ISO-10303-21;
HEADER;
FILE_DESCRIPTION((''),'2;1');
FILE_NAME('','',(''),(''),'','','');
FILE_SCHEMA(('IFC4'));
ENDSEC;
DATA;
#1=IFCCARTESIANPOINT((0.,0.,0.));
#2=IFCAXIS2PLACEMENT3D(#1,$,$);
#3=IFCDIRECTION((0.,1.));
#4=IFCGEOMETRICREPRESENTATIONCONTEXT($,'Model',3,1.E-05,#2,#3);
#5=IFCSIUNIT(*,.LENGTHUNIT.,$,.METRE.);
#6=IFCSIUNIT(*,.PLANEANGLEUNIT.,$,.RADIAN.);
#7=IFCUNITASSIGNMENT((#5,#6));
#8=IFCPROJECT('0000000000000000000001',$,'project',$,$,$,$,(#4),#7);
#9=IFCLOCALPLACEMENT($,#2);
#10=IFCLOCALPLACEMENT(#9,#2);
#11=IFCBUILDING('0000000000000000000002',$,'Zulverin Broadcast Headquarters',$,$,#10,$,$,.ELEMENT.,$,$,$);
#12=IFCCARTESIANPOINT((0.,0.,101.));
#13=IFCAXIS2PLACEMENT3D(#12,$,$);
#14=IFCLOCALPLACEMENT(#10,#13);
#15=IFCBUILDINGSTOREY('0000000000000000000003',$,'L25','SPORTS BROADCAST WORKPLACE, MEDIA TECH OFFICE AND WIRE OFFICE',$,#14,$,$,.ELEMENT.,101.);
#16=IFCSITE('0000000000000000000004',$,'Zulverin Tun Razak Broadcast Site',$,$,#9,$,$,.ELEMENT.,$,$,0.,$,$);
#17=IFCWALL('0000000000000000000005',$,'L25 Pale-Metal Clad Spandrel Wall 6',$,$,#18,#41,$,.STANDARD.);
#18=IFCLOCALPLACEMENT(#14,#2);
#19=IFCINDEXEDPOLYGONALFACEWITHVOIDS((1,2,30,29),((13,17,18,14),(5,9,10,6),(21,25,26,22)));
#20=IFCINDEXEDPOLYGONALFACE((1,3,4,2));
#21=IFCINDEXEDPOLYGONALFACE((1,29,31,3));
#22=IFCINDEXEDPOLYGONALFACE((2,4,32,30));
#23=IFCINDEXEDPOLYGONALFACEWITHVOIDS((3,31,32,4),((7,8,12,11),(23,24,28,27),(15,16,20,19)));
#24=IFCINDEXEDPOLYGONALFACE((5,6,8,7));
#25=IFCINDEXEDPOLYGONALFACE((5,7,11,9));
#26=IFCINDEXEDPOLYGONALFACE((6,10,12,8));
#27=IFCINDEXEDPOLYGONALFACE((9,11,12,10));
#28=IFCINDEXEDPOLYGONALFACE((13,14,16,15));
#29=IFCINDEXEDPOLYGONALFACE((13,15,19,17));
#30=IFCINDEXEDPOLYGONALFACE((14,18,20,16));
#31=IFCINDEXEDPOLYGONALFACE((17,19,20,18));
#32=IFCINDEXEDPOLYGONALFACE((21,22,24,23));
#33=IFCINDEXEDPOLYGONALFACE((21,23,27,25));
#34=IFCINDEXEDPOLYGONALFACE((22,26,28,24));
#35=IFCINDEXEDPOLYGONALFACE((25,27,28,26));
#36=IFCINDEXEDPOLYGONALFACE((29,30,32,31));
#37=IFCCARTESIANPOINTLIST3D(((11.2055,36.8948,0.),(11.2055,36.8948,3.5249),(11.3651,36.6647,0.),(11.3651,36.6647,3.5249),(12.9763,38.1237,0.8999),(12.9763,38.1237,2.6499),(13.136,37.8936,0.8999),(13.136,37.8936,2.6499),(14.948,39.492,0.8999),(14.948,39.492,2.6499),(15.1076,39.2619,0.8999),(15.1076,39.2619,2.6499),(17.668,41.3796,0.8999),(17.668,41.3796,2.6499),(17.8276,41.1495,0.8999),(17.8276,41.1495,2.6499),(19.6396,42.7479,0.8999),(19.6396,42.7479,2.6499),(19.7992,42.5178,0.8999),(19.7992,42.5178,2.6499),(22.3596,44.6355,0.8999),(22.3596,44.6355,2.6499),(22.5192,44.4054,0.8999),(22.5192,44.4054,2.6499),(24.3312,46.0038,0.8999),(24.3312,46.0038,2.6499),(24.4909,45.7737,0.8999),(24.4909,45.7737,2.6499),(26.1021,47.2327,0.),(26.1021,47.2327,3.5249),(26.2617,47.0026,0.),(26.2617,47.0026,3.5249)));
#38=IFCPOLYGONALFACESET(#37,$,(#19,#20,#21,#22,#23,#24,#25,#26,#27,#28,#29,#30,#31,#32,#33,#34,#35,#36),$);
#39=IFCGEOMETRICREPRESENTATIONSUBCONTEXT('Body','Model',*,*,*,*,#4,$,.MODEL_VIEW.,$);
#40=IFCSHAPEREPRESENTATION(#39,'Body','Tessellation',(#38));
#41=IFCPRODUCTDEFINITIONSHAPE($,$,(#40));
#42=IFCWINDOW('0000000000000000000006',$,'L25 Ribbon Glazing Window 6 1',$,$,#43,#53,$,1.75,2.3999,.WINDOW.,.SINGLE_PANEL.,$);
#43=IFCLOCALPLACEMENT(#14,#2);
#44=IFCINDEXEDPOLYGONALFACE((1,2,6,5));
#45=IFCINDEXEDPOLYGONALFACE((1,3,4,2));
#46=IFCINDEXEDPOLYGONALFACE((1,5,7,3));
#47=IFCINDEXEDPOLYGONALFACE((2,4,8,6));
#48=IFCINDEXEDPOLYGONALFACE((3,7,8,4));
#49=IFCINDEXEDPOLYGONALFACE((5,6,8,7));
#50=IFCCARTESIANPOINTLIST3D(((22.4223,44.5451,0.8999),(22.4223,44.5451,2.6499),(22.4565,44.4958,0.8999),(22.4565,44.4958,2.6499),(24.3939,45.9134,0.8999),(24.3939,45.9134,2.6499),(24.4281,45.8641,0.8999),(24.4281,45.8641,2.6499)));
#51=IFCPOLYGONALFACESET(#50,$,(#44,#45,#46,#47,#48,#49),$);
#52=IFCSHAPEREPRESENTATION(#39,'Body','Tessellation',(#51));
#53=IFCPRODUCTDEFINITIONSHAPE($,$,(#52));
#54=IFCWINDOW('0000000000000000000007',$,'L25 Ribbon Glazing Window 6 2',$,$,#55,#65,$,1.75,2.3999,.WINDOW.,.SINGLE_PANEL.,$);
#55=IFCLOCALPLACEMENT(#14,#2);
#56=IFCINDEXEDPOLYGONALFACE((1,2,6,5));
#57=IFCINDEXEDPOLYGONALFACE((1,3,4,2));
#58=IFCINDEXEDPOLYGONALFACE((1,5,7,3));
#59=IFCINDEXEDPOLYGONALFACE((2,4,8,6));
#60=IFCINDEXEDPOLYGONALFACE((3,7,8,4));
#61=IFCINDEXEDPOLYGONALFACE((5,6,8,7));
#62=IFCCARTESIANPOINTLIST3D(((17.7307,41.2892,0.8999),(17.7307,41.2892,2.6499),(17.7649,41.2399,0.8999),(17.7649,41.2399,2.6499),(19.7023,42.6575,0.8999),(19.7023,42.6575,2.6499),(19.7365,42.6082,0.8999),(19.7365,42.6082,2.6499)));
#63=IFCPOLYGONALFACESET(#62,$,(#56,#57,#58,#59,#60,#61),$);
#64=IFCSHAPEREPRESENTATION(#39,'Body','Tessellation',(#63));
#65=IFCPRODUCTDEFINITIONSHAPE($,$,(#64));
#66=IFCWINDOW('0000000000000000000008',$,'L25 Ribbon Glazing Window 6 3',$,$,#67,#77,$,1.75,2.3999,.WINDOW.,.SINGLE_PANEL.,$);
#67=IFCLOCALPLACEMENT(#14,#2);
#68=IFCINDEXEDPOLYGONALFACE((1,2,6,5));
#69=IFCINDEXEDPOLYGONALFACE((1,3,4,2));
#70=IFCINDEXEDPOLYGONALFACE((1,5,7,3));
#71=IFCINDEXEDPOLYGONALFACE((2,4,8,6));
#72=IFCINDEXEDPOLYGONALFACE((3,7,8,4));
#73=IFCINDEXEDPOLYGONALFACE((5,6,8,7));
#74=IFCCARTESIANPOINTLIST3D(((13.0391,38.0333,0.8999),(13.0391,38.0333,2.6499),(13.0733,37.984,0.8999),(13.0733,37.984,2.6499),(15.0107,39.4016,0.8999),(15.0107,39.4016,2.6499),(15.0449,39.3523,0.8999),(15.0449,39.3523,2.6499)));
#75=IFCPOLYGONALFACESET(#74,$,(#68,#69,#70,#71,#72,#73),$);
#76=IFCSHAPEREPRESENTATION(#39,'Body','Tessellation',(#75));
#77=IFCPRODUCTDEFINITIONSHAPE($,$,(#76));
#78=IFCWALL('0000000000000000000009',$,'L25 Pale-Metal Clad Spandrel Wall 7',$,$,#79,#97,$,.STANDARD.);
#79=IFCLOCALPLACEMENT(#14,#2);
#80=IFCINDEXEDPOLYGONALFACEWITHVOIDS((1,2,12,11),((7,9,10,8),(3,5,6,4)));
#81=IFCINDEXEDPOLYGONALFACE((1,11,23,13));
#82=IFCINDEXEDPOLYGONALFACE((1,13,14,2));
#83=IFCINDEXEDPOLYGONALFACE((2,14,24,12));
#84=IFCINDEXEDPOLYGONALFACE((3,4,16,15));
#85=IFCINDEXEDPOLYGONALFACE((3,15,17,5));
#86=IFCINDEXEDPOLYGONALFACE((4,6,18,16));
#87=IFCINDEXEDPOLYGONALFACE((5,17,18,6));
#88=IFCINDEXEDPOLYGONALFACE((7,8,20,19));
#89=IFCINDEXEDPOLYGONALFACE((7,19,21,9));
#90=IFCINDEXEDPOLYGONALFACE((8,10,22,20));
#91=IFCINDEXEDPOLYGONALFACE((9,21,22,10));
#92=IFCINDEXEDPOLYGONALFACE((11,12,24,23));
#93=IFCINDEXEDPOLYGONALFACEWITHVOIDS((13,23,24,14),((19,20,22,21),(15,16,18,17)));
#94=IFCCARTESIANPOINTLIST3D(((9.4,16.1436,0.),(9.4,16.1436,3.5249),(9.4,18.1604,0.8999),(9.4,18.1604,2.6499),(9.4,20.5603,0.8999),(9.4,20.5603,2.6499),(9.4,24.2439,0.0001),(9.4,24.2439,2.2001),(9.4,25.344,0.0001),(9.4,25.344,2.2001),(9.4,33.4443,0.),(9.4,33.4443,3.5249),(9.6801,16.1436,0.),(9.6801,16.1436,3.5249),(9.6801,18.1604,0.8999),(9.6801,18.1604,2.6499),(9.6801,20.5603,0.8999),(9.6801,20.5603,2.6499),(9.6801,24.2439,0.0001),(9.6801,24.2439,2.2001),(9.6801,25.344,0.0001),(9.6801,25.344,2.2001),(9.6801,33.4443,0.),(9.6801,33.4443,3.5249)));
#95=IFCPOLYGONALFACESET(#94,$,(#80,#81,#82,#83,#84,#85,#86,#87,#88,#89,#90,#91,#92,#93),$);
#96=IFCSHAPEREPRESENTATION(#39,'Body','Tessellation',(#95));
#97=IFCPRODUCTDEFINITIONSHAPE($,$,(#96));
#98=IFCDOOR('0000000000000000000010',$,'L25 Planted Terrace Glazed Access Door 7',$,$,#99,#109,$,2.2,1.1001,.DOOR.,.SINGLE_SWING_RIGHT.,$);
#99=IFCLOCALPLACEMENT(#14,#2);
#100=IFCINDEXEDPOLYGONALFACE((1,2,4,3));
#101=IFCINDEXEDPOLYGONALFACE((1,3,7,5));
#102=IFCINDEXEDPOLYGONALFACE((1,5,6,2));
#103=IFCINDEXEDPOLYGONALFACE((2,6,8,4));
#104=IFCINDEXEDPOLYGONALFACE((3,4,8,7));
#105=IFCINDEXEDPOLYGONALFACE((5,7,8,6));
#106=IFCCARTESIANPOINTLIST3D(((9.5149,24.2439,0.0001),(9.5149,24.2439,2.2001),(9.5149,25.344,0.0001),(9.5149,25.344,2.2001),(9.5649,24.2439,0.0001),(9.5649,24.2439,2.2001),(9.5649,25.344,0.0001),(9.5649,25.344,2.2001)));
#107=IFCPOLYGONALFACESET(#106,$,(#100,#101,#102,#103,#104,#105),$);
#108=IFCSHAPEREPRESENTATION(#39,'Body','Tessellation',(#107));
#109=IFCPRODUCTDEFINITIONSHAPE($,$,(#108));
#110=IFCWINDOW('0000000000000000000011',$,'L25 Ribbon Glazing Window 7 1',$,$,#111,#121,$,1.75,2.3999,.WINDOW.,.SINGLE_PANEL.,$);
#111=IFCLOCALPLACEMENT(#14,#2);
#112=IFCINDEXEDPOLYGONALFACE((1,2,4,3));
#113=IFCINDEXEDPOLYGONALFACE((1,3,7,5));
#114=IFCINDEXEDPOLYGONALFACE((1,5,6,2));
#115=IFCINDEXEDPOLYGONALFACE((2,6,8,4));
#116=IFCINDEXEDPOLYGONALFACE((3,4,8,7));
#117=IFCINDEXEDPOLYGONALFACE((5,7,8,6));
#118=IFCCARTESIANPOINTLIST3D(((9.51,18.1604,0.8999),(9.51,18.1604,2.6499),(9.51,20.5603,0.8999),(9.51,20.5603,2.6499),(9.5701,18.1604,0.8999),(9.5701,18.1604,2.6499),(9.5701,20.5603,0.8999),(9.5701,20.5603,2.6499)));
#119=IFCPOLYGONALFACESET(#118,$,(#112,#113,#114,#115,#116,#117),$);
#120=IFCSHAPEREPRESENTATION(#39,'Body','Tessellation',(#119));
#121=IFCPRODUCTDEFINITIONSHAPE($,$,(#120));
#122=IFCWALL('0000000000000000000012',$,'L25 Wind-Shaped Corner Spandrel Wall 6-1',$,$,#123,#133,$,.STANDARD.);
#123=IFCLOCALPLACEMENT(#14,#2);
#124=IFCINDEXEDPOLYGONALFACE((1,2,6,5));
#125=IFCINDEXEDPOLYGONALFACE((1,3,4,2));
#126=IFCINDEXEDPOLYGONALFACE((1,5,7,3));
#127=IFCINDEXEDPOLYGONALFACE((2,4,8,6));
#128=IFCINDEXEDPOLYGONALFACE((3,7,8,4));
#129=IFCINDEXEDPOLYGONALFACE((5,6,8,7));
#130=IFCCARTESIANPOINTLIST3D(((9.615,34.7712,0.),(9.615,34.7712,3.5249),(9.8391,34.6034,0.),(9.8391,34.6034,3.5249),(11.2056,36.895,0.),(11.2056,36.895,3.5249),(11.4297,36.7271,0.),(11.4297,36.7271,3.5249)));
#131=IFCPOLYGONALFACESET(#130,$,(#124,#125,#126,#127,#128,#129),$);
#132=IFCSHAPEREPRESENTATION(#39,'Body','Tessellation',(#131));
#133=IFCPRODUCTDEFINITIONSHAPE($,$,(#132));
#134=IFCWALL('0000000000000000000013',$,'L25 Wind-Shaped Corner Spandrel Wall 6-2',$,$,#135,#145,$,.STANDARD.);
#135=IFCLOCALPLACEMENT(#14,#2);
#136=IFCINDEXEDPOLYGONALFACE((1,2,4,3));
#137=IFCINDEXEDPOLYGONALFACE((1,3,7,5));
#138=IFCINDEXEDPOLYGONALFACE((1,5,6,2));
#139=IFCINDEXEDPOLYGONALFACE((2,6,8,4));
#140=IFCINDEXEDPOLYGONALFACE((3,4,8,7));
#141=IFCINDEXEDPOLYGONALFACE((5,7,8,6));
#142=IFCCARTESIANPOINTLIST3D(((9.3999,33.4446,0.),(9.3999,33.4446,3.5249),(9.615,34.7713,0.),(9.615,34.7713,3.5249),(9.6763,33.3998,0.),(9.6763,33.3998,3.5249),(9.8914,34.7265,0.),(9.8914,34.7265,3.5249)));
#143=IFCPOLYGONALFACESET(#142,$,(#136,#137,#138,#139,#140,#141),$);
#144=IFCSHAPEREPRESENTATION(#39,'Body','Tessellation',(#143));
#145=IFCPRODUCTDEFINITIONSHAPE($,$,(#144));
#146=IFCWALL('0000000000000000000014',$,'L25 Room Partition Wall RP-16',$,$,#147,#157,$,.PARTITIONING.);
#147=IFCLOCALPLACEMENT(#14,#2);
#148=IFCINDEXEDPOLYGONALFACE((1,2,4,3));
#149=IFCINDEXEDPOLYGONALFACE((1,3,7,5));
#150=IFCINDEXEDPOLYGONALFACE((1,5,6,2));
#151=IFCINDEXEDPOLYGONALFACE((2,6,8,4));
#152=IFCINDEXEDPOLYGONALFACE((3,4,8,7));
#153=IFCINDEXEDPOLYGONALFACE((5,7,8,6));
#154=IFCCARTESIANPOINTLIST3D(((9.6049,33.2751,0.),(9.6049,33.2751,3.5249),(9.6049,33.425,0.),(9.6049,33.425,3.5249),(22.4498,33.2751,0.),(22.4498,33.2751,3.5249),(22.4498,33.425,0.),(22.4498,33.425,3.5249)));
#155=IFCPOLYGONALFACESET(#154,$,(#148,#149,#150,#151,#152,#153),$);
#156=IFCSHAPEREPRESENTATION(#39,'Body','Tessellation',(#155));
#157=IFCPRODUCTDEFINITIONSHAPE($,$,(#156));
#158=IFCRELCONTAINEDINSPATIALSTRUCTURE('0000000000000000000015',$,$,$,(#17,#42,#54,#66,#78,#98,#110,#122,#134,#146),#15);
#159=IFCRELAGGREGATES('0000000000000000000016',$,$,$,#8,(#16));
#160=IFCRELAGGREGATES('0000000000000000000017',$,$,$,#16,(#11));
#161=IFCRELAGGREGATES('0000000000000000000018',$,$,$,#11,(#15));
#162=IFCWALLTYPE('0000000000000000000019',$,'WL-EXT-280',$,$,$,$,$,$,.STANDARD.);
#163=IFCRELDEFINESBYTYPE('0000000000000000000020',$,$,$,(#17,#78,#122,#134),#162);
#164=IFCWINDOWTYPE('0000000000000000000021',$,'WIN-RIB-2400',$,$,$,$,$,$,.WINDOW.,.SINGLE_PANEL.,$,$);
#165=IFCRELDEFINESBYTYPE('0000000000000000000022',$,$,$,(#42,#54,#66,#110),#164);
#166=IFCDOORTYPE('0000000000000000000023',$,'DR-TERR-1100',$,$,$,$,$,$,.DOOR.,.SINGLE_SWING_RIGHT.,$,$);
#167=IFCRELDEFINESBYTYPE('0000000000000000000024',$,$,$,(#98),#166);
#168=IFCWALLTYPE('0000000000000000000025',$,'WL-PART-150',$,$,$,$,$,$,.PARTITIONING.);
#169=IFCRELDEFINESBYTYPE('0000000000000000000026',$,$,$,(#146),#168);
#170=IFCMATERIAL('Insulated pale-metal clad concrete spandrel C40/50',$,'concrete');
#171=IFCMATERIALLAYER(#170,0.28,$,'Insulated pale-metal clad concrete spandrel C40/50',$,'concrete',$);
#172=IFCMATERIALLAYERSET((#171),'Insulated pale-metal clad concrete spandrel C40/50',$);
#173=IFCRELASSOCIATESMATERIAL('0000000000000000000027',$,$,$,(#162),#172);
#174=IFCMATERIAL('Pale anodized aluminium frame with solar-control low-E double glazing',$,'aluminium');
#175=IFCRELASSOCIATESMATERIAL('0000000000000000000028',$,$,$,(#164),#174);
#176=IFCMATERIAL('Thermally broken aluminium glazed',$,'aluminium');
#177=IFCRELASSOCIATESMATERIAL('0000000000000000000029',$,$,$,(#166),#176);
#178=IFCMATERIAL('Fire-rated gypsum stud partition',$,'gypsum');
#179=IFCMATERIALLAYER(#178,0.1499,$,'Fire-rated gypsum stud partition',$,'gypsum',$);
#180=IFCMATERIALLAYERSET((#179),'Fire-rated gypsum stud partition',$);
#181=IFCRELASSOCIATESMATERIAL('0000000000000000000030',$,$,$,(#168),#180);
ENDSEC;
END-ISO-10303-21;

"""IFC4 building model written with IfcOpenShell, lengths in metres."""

from ifc_helpers import new_model, si_unit, direction, frame, frame_2d, origin, place, context, subcontext, project, spatial, rectangle, extrude, material, layer, layer_set, type_object, element, fill, save


model = new_model("IFC4")

# Units and contexts
model_context = context("Model", 3, precision=1e-05, world=origin(), true_north=direction((0.0, 1.0)))
body_context = subcontext(model_context, "Body", "Model", "MODEL_VIEW")
ifc_project = project(units=[si_unit("LENGTHUNIT", "METRE"), si_unit("PLANEANGLEUNIT", "RADIAN")], contexts=[model_context])

# Site, building, storey
site_placement = place(None, origin())
site = spatial("IfcSite", under=ifc_project, at=site_placement, Name="Zulverin Tun Razak Broadcast Site", CompositionType="ELEMENT", RefElevation=0.0)
building_placement = place(site_placement, origin())
building = spatial("IfcBuilding", under=site, at=building_placement, Name="Zulverin Broadcast Headquarters", CompositionType="ELEMENT")
storey_placement = place(building_placement, frame((0.0, 0.0, 101.0)))
storey = spatial("IfcBuildingStorey", under=building, at=storey_placement, Name="L25", Description="SPORTS BROADCAST WORKPLACE, MEDIA TECH OFFICE AND WIRE OFFICE", CompositionType="ELEMENT", Elevation=101.0)

# Wall, openings, windows
ifc_material_1 = material(Name="Insulated pale-metal clad concrete spandrel C40/50", Category="concrete")
ifc_layer_1 = layer(ifc_material_1, 0.28, Name="Insulated pale-metal clad concrete spandrel C40/50", Category="concrete")
ifc_layer_set_1 = layer_set([ifc_layer_1], Name="Insulated pale-metal clad concrete spandrel C40/50")
wall_type_1 = type_object("IfcWallType", Name="WL-EXT-280", PredefinedType="STANDARD", material=ifc_layer_set_1)
wall_1_placement = place(storey_placement, frame((26.1819, 47.1177, 0.0), z_axis=(0.0, 0.0, 1.0), x_axis=(-0.821548, -0.570139, 0.0)))
wall_1 = element("IfcWall", 1, at=wall_1_placement, inside=storey, type_object=wall_type_1, Name="L25 Pale-Metal Clad Spandrel Wall 6", PredefinedType="STANDARD", context=body_context, shape_type="SweptSolid", body=[
    extrude(rectangle(XDim=18.1323, YDim=0.28, at=frame_2d((9.0662, 0.0))), origin(), (0.0, 0.0, 1.0), 3.5249),
])
opening_1_placement = place(wall_1_placement, frame((2.1555, 0.0, 0.8999)))
opening_1 = element("IfcOpeningElement", 2, at=opening_1_placement, cuts=wall_1, PredefinedType="OPENING", context=body_context, shape_type="SweptSolid", body=[
    extrude(rectangle(XDim=2.3999, YDim=1.75, at=frame_2d((1.2, 0.875))), frame((0.0, 0.1499, 0.0), z_axis=(0.0, -1.0, 0.0), x_axis=(1.0, 0.0, 0.0)), (0.0, 0.0, 1.0), 0.3),
])
opening_2_placement = place(wall_1_placement, frame((7.8662, 0.0, 0.8999)))
opening_2 = element("IfcOpeningElement", 3, at=opening_2_placement, cuts=wall_1, PredefinedType="OPENING", context=body_context, shape_type="SweptSolid", body=[
    extrude(rectangle(XDim=2.3999, YDim=1.75, at=frame_2d((1.2, 0.875))), frame((0.0, 0.1499, 0.0), z_axis=(0.0, -1.0, 0.0), x_axis=(1.0, 0.0, 0.0)), (0.0, 0.0, 1.0), 0.3),
])
opening_3_placement = place(wall_1_placement, frame((13.5769, 0.0, 0.8999)))
opening_3 = element("IfcOpeningElement", 4, at=opening_3_placement, cuts=wall_1, PredefinedType="OPENING", context=body_context, shape_type="SweptSolid", body=[
    extrude(rectangle(XDim=2.3999, YDim=1.75, at=frame_2d((1.2, 0.875))), frame((0.0, 0.1499, 0.0), z_axis=(0.0, -1.0, 0.0), x_axis=(1.0, 0.0, 0.0)), (0.0, 0.0, 1.0), 0.3),
])
ifc_material_2 = material(Name="Pale anodized aluminium frame with solar-control low-E double glazing", Category="aluminium")
window_type = type_object("IfcWindowType", Name="WIN-RIB-2400", PartitioningType="SINGLE_PANEL", PredefinedType="WINDOW", material=ifc_material_2)
window_1_placement = place(opening_1_placement, origin())
window_1 = element("IfcWindow", 5, at=window_1_placement, inside=storey, type_object=window_type, Name="L25 Ribbon Glazing Window 6 1", OverallHeight=1.75, OverallWidth=2.3999, PartitioningType="SINGLE_PANEL", PredefinedType="WINDOW", context=body_context, shape_type="SweptSolid", body=[
    extrude(rectangle(XDim=2.3999, YDim=1.75, at=frame_2d((1.2, 0.875))), frame((0.0, 0.03, 0.0), z_axis=(0.0, -1.0, 0.0), x_axis=(1.0, 0.0, 0.0)), (0.0, 0.0, 1.0), 0.0601),
])
fill(opening_1, window_1)
window_2_placement = place(opening_2_placement, origin())
window_2 = element("IfcWindow", 6, at=window_2_placement, inside=storey, type_object=window_type, Name="L25 Ribbon Glazing Window 6 2", OverallHeight=1.75, OverallWidth=2.3999, PartitioningType="SINGLE_PANEL", PredefinedType="WINDOW", context=body_context, shape_type="SweptSolid", body=[
    extrude(rectangle(XDim=2.3999, YDim=1.75, at=frame_2d((1.2, 0.875))), frame((0.0, 0.03, 0.0), z_axis=(0.0, -1.0, 0.0), x_axis=(1.0, 0.0, 0.0)), (0.0, 0.0, 1.0), 0.0601),
])
fill(opening_2, window_2)
window_3_placement = place(opening_3_placement, origin())
window_3 = element("IfcWindow", 7, at=window_3_placement, inside=storey, type_object=window_type, Name="L25 Ribbon Glazing Window 6 3", OverallHeight=1.75, OverallWidth=2.3999, PartitioningType="SINGLE_PANEL", PredefinedType="WINDOW", context=body_context, shape_type="SweptSolid", body=[
    extrude(rectangle(XDim=2.3999, YDim=1.75, at=frame_2d((1.2, 0.875))), frame((0.0, 0.03, 0.0), z_axis=(0.0, -1.0, 0.0), x_axis=(1.0, 0.0, 0.0)), (0.0, 0.0, 1.0), 0.0601),
])
fill(opening_3, window_3)

# Wall, openings, door, window
wall_2_placement = place(storey_placement, frame((9.54, 33.4443, 0.0), z_axis=(0.0, 0.0, 1.0), x_axis=(0.0, -1.0, 0.0)))
wall_2 = element("IfcWall", 8, at=wall_2_placement, inside=storey, type_object=wall_type_1, Name="L25 Pale-Metal Clad Spandrel Wall 7", PredefinedType="STANDARD", context=body_context, shape_type="SweptSolid", body=[
    extrude(rectangle(XDim=17.3008, YDim=0.28, at=frame_2d((8.6504, 0.0))), origin(), (0.0, 0.0, 1.0), 3.5249),
])
opening_4_placement = place(wall_2_placement, frame((8.1003, 0.0, 0.0)))
opening_4 = element("IfcOpeningElement", 9, at=opening_4_placement, cuts=wall_2, PredefinedType="OPENING", context=body_context, shape_type="SweptSolid", body=[
    extrude(rectangle(XDim=1.1001, YDim=2.2, at=frame_2d((0.55, 1.1001))), frame((0.0, 0.1499, 0.0), z_axis=(0.0, -1.0, 0.0), x_axis=(1.0, 0.0, 0.0)), (0.0, 0.0, 1.0), 0.3),
])
opening_5_placement = place(wall_2_placement, frame((12.884, 0.0, 0.8999)))
opening_5 = element("IfcOpeningElement", 10, at=opening_5_placement, cuts=wall_2, PredefinedType="OPENING", context=body_context, shape_type="SweptSolid", body=[
    extrude(rectangle(XDim=2.3999, YDim=1.75, at=frame_2d((1.2, 0.875))), frame((0.0, 0.1499, 0.0), z_axis=(0.0, -1.0, 0.0), x_axis=(1.0, 0.0, 0.0)), (0.0, 0.0, 1.0), 0.3),
])
ifc_material_3 = material(Name="Thermally broken aluminium glazed", Category="aluminium")
door_type_1 = type_object("IfcDoorType", Name="DR-TERR-1100", OperationType="SINGLE_SWING_RIGHT", PredefinedType="DOOR", material=ifc_material_3)
door_1_placement = place(opening_4_placement, origin())
door_1 = element("IfcDoor", 11, at=door_1_placement, inside=storey, type_object=door_type_1, Name="L25 Planted Terrace Glazed Access Door 7", OperationType="SINGLE_SWING_RIGHT", OverallHeight=2.2, OverallWidth=1.1001, PredefinedType="DOOR", context=body_context, shape_type="SweptSolid", body=[
    extrude(rectangle(XDim=1.1001, YDim=2.2, at=frame_2d((0.55, 1.1001))), frame((0.0, 0.0249, 0.0), z_axis=(0.0, -1.0, 0.0), x_axis=(1.0, 0.0, 0.0)), (0.0, 0.0, 1.0), 0.05),
])
fill(opening_4, door_1)
window_4_placement = place(opening_5_placement, origin())
window_4 = element("IfcWindow", 12, at=window_4_placement, inside=storey, type_object=window_type, Name="L25 Ribbon Glazing Window 7 1", OverallHeight=1.75, OverallWidth=2.3999, PartitioningType="SINGLE_PANEL", PredefinedType="WINDOW", context=body_context, shape_type="SweptSolid", body=[
    extrude(rectangle(XDim=2.3999, YDim=1.75, at=frame_2d((1.2, 0.875))), frame((0.0, 0.03, 0.0), z_axis=(0.0, -1.0, 0.0), x_axis=(1.0, 0.0, 0.0)), (0.0, 0.0, 1.0), 0.0601),
])
fill(opening_5, window_4)

# Walls
wall_3_placement = place(storey_placement, frame((11.3176, 36.811, 0.0), z_axis=(0.0, 0.0, 1.0), x_axis=(-0.599455, -0.800408, 0.0)))
element("IfcWall", 13, at=wall_3_placement, inside=storey, type_object=wall_type_1, Name="L25 Wind-Shaped Corner Spandrel Wall 6-1", PredefinedType="STANDARD", context=body_context, shape_type="SweptSolid", body=[
    extrude(rectangle(XDim=2.6533, YDim=0.28, at=frame_2d((1.3267, 0.0))), origin(), (0.0, 0.0, 1.0), 3.5249),
])
wall_4_placement = place(storey_placement, frame((9.7532, 34.7488, 0.0), z_axis=(0.0, 0.0, 1.0), x_axis=(-0.160038, -0.987111, 0.0)))
element("IfcWall", 14, at=wall_4_placement, inside=storey, type_object=wall_type_1, Name="L25 Wind-Shaped Corner Spandrel Wall 6-2", PredefinedType="STANDARD", context=body_context, shape_type="SweptSolid", body=[
    extrude(rectangle(XDim=1.344, YDim=0.28, at=frame_2d((0.6719, 0.0))), origin(), (0.0, 0.0, 1.0), 3.5249),
])
ifc_material_4 = material(Name="Fire-rated gypsum stud partition", Category="gypsum")
ifc_layer_2 = layer(ifc_material_4, 0.1499, Name="Fire-rated gypsum stud partition", Category="gypsum")
ifc_layer_set_2 = layer_set([ifc_layer_2], Name="Fire-rated gypsum stud partition")
wall_type_2 = type_object("IfcWallType", Name="WL-PART-150", PredefinedType="PARTITIONING", material=ifc_layer_set_2)
wall_5_placement = place(storey_placement, frame((9.605, 33.3501, 0.0), z_axis=(0.0, 0.0, 1.0), x_axis=(1.0, 0.0, 0.0)))
element("IfcWall", 15, at=wall_5_placement, inside=storey, type_object=wall_type_2, Name="L25 Room Partition Wall RP-16", PredefinedType="PARTITIONING", context=body_context, shape_type="SweptSolid", body=[
    extrude(rectangle(XDim=12.845, YDim=0.1499, at=frame_2d((6.4224, 0.0))), origin(), (0.0, 0.0, 1.0), 3.5249),
])

save(model, "model.ifc")
